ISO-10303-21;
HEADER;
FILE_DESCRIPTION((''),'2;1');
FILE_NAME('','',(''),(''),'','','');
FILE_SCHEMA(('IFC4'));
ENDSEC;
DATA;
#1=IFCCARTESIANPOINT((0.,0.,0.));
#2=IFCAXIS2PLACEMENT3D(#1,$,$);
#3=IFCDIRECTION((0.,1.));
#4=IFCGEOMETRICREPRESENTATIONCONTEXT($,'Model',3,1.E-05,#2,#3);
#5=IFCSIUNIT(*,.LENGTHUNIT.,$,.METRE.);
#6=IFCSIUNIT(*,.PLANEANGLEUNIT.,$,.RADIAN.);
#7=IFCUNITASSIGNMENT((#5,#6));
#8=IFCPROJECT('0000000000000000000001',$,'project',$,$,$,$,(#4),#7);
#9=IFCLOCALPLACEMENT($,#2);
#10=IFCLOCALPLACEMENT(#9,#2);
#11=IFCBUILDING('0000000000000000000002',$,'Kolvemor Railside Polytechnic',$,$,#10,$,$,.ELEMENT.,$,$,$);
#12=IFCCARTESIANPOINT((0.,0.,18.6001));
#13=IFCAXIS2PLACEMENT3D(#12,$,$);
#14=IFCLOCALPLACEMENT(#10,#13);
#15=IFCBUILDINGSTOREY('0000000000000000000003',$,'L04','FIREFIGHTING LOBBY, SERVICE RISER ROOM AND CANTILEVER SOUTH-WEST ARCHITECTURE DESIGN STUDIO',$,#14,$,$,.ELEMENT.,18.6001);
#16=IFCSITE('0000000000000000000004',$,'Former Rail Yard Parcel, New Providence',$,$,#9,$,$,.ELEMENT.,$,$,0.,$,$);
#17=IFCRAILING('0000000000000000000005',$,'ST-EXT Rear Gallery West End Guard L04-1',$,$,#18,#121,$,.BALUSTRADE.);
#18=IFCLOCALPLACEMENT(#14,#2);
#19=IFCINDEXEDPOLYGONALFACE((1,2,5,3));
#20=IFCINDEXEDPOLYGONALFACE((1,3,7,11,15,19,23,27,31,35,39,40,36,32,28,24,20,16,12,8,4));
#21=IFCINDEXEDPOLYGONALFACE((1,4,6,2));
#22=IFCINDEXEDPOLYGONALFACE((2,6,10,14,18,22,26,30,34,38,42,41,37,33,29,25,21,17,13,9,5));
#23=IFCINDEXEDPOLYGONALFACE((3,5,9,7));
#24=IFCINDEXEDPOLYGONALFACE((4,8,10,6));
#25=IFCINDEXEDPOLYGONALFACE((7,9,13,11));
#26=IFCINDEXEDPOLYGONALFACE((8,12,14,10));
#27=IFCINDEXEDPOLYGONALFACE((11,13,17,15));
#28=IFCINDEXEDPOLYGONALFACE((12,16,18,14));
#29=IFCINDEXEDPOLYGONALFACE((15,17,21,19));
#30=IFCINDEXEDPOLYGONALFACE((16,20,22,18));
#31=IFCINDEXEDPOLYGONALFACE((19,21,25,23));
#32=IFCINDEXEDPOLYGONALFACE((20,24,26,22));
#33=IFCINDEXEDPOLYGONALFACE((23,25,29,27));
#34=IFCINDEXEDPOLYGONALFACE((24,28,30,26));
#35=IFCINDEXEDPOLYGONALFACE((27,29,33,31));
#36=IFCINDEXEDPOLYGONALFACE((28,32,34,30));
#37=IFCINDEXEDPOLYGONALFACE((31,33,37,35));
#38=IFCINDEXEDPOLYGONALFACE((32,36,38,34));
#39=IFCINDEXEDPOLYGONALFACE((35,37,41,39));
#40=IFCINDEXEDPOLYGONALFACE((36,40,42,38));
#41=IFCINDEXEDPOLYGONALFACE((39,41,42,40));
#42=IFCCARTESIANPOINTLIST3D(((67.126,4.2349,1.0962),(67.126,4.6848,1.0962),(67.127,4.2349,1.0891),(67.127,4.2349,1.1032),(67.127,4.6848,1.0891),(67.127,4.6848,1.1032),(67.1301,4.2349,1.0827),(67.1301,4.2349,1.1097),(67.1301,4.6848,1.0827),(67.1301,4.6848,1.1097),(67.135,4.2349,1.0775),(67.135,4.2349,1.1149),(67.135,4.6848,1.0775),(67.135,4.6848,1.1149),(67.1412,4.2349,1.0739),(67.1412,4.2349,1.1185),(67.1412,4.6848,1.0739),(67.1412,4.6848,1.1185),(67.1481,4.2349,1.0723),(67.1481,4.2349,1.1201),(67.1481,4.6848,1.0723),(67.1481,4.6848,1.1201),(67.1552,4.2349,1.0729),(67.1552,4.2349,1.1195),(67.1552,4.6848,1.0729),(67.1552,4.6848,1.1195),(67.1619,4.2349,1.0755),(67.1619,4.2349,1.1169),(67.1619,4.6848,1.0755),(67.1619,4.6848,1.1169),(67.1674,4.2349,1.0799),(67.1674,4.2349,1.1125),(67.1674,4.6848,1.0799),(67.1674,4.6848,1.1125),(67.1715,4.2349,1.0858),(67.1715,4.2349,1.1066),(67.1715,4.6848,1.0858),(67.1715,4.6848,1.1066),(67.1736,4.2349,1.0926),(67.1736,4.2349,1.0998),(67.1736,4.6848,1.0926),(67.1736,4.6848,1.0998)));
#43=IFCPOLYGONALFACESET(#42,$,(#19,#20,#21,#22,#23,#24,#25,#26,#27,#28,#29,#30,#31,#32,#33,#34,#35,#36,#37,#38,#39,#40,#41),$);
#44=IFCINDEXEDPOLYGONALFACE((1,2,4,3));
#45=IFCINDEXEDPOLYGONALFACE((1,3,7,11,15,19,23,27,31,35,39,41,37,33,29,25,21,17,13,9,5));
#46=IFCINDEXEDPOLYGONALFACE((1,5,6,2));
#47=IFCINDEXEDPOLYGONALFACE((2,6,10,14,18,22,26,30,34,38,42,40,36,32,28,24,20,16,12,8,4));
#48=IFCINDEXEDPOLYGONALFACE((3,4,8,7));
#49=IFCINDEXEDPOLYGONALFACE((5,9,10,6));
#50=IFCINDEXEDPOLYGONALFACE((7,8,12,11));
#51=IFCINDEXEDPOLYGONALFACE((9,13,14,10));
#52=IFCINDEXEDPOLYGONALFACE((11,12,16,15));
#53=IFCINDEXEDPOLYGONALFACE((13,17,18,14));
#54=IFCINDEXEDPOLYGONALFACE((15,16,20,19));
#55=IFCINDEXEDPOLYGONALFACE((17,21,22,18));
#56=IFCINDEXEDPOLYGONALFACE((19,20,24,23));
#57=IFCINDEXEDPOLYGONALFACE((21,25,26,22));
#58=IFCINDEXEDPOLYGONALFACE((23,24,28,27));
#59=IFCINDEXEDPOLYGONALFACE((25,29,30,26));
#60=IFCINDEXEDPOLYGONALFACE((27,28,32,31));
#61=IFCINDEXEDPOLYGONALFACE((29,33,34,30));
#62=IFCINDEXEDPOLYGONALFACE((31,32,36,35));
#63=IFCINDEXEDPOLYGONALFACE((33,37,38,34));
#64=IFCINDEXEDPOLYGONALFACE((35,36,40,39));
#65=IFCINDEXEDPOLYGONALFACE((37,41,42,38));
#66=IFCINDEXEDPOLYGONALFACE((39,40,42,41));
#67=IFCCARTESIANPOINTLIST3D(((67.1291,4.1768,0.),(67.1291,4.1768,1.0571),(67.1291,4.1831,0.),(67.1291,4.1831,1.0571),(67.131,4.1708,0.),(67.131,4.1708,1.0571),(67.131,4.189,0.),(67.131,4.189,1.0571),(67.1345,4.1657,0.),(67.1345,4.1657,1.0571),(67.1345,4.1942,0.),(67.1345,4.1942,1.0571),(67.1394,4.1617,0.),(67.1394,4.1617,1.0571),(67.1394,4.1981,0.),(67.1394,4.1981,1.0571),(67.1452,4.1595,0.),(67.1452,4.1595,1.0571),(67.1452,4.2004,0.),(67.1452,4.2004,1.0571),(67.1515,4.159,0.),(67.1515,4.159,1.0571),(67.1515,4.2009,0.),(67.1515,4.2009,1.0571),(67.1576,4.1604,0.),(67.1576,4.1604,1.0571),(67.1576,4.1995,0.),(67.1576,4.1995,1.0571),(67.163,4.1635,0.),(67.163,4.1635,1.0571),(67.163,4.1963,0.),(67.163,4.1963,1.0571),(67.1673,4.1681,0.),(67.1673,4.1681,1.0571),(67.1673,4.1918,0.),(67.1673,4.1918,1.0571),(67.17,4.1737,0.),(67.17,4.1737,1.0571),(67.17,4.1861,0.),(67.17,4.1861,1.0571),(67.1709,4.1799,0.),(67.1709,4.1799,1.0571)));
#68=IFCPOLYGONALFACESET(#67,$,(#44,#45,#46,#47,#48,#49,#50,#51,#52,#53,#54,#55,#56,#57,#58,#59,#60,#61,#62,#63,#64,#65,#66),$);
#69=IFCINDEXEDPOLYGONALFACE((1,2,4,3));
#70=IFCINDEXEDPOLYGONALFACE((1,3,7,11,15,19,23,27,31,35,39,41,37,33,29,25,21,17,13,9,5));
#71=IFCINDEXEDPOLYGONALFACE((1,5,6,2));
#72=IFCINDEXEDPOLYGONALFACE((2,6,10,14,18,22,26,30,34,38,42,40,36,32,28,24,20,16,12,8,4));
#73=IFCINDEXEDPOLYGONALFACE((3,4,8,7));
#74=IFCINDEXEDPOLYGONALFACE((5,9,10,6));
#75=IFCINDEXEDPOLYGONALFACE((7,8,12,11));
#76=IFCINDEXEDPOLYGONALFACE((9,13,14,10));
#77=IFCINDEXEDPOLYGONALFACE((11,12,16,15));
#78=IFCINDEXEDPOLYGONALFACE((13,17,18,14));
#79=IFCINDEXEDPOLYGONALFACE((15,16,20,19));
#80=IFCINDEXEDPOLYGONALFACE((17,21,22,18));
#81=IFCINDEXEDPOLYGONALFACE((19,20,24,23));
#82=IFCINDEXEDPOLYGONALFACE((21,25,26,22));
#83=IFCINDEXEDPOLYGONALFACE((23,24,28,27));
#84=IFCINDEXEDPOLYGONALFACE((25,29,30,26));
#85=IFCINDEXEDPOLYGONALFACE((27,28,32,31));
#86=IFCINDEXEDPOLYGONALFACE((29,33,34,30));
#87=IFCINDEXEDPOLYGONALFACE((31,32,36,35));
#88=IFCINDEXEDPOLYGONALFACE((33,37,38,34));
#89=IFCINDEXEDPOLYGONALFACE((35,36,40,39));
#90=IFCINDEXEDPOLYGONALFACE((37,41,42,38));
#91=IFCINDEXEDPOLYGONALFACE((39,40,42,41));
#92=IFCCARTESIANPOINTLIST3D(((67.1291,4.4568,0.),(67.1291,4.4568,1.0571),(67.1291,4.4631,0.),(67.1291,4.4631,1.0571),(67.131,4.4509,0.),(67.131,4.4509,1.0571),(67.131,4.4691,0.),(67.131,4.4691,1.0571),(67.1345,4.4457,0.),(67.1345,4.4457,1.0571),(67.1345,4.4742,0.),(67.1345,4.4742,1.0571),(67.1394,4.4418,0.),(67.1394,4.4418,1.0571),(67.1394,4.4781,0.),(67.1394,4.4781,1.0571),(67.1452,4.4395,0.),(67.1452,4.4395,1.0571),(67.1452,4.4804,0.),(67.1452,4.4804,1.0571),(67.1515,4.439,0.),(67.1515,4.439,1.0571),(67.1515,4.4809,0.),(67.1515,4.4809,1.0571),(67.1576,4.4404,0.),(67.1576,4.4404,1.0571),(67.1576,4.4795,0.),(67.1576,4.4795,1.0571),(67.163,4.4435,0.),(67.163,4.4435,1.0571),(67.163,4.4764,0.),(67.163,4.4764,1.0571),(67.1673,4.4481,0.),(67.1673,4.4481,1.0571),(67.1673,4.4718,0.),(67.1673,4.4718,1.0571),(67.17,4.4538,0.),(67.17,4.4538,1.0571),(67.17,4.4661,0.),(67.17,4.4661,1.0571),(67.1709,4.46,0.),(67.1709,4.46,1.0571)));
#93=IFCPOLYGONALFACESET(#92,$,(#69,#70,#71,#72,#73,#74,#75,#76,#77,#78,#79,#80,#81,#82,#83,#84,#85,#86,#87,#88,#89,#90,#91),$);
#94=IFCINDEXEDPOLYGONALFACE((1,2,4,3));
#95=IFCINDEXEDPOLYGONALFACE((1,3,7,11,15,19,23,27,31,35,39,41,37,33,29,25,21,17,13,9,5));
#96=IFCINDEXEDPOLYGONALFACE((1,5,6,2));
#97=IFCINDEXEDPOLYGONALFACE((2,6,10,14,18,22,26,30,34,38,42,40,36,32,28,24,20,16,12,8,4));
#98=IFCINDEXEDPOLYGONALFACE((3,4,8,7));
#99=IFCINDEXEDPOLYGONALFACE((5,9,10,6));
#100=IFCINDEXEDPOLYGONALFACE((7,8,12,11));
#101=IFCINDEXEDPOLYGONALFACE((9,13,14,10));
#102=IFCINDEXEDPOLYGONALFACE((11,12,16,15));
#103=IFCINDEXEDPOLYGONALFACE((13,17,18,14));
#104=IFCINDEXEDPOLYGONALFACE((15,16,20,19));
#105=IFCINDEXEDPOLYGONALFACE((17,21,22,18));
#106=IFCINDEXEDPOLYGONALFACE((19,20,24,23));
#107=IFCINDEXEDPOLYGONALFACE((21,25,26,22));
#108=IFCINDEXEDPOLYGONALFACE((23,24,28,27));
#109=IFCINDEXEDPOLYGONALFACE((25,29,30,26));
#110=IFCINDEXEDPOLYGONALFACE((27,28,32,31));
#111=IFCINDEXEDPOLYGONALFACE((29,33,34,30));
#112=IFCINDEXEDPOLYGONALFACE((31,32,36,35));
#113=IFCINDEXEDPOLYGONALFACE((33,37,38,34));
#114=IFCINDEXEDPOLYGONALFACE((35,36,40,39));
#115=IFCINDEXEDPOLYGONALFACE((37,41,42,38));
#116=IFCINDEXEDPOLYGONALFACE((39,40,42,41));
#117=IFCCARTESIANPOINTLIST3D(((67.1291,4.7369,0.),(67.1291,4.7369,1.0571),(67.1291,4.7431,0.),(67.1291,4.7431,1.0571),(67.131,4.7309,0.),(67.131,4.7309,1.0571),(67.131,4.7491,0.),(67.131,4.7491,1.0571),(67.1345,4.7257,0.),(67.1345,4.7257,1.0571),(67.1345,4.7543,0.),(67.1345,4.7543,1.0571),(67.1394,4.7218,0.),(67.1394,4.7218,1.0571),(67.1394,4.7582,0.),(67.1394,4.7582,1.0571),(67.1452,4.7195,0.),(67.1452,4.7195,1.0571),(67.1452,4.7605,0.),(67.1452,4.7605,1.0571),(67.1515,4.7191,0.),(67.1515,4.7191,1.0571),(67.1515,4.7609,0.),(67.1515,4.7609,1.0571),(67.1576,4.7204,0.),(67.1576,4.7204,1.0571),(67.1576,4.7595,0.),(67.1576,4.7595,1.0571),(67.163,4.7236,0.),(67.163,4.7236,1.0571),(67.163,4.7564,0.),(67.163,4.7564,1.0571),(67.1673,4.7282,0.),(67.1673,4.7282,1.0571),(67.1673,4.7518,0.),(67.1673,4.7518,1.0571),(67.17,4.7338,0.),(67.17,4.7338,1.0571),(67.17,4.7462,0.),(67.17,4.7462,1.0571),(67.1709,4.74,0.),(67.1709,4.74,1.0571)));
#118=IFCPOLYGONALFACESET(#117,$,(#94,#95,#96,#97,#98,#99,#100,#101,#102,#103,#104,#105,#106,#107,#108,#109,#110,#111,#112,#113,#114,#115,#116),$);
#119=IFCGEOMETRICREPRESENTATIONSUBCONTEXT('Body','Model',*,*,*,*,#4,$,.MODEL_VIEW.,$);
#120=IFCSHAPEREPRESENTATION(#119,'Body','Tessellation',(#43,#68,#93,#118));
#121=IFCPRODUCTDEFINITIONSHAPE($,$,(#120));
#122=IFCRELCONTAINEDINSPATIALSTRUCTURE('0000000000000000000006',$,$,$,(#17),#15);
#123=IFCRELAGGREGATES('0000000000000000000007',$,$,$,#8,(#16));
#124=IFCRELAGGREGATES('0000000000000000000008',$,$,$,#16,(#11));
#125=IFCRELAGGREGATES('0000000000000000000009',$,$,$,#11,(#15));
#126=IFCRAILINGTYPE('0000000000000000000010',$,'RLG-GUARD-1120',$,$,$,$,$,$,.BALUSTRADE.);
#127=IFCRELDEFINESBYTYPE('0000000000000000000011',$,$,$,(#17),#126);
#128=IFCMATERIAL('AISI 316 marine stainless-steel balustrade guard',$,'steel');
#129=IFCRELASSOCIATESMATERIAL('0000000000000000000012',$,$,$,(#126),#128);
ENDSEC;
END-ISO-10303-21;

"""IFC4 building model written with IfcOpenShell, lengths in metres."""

from ifc_helpers import new_model, si_unit, direction, frame, origin, origin_2d, place, context, subcontext, project, spatial, circle, extrude, material, type_object, element, save


model = new_model("IFC4")

# Units and contexts
model_context = context("Model", 3, precision=1e-05, world=origin(), true_north=direction((0.0, 1.0)))
body_context = subcontext(model_context, "Body", "Model", "MODEL_VIEW")
ifc_project = project(units=[si_unit("LENGTHUNIT", "METRE"), si_unit("PLANEANGLEUNIT", "RADIAN")], contexts=[model_context])

# Site, building, storey
site_placement = place(None, origin())
site = spatial("IfcSite", under=ifc_project, at=site_placement, Name="Former Rail Yard Parcel, New Providence", CompositionType="ELEMENT", RefElevation=0.0)
building_placement = place(site_placement, origin())
building = spatial("IfcBuilding", under=site, at=building_placement, Name="Kolvemor Railside Polytechnic", CompositionType="ELEMENT")
storey_placement = place(building_placement, frame((0.0, 0.0, 18.6001)))
storey = spatial("IfcBuildingStorey", under=building, at=storey_placement, Name="L04", Description="FIREFIGHTING LOBBY, SERVICE RISER ROOM AND CANTILEVER SOUTH-WEST ARCHITECTURE DESIGN STUDIO", CompositionType="ELEMENT", Elevation=18.6001)

# Railing
ifc_material_1 = material(Name="AISI 316 marine stainless-steel balustrade guard", Category="steel")
railing_type = type_object("IfcRailingType", Name="RLG-GUARD-1120", PredefinedType="BALUSTRADE", material=ifc_material_1)
railing_1_placement = place(storey_placement, frame((67.1499, 4.1799, 0.0)))
element("IfcRailing", 1, at=railing_1_placement, inside=storey, type_object=railing_type, Name="ST-EXT Rear Gallery West End Guard L04-1", PredefinedType="BALUSTRADE", context=body_context, shape_type="SweptSolid", body=[
    extrude(circle(Radius=0.0239, at=origin_2d()), frame((0.0, 0.0549, 1.0962), z_axis=(0.0, 1.0, 0.0), x_axis=(-1.0, 0.0, 0.0)), (0.0, 0.0, 1.0), 0.45),
    extrude(circle(Radius=0.021, at=origin_2d()), origin(), (0.0, 0.0, 1.0), 1.0571),
    extrude(circle(Radius=0.021, at=origin_2d()), frame((0.0, 0.28, 0.0)), (0.0, 0.0, 1.0), 1.0571),
    extrude(circle(Radius=0.021, at=origin_2d()), frame((0.0, 0.5601, 0.0)), (0.0, 0.0, 1.0), 1.0571),
])

save(model, "model.ifc")
